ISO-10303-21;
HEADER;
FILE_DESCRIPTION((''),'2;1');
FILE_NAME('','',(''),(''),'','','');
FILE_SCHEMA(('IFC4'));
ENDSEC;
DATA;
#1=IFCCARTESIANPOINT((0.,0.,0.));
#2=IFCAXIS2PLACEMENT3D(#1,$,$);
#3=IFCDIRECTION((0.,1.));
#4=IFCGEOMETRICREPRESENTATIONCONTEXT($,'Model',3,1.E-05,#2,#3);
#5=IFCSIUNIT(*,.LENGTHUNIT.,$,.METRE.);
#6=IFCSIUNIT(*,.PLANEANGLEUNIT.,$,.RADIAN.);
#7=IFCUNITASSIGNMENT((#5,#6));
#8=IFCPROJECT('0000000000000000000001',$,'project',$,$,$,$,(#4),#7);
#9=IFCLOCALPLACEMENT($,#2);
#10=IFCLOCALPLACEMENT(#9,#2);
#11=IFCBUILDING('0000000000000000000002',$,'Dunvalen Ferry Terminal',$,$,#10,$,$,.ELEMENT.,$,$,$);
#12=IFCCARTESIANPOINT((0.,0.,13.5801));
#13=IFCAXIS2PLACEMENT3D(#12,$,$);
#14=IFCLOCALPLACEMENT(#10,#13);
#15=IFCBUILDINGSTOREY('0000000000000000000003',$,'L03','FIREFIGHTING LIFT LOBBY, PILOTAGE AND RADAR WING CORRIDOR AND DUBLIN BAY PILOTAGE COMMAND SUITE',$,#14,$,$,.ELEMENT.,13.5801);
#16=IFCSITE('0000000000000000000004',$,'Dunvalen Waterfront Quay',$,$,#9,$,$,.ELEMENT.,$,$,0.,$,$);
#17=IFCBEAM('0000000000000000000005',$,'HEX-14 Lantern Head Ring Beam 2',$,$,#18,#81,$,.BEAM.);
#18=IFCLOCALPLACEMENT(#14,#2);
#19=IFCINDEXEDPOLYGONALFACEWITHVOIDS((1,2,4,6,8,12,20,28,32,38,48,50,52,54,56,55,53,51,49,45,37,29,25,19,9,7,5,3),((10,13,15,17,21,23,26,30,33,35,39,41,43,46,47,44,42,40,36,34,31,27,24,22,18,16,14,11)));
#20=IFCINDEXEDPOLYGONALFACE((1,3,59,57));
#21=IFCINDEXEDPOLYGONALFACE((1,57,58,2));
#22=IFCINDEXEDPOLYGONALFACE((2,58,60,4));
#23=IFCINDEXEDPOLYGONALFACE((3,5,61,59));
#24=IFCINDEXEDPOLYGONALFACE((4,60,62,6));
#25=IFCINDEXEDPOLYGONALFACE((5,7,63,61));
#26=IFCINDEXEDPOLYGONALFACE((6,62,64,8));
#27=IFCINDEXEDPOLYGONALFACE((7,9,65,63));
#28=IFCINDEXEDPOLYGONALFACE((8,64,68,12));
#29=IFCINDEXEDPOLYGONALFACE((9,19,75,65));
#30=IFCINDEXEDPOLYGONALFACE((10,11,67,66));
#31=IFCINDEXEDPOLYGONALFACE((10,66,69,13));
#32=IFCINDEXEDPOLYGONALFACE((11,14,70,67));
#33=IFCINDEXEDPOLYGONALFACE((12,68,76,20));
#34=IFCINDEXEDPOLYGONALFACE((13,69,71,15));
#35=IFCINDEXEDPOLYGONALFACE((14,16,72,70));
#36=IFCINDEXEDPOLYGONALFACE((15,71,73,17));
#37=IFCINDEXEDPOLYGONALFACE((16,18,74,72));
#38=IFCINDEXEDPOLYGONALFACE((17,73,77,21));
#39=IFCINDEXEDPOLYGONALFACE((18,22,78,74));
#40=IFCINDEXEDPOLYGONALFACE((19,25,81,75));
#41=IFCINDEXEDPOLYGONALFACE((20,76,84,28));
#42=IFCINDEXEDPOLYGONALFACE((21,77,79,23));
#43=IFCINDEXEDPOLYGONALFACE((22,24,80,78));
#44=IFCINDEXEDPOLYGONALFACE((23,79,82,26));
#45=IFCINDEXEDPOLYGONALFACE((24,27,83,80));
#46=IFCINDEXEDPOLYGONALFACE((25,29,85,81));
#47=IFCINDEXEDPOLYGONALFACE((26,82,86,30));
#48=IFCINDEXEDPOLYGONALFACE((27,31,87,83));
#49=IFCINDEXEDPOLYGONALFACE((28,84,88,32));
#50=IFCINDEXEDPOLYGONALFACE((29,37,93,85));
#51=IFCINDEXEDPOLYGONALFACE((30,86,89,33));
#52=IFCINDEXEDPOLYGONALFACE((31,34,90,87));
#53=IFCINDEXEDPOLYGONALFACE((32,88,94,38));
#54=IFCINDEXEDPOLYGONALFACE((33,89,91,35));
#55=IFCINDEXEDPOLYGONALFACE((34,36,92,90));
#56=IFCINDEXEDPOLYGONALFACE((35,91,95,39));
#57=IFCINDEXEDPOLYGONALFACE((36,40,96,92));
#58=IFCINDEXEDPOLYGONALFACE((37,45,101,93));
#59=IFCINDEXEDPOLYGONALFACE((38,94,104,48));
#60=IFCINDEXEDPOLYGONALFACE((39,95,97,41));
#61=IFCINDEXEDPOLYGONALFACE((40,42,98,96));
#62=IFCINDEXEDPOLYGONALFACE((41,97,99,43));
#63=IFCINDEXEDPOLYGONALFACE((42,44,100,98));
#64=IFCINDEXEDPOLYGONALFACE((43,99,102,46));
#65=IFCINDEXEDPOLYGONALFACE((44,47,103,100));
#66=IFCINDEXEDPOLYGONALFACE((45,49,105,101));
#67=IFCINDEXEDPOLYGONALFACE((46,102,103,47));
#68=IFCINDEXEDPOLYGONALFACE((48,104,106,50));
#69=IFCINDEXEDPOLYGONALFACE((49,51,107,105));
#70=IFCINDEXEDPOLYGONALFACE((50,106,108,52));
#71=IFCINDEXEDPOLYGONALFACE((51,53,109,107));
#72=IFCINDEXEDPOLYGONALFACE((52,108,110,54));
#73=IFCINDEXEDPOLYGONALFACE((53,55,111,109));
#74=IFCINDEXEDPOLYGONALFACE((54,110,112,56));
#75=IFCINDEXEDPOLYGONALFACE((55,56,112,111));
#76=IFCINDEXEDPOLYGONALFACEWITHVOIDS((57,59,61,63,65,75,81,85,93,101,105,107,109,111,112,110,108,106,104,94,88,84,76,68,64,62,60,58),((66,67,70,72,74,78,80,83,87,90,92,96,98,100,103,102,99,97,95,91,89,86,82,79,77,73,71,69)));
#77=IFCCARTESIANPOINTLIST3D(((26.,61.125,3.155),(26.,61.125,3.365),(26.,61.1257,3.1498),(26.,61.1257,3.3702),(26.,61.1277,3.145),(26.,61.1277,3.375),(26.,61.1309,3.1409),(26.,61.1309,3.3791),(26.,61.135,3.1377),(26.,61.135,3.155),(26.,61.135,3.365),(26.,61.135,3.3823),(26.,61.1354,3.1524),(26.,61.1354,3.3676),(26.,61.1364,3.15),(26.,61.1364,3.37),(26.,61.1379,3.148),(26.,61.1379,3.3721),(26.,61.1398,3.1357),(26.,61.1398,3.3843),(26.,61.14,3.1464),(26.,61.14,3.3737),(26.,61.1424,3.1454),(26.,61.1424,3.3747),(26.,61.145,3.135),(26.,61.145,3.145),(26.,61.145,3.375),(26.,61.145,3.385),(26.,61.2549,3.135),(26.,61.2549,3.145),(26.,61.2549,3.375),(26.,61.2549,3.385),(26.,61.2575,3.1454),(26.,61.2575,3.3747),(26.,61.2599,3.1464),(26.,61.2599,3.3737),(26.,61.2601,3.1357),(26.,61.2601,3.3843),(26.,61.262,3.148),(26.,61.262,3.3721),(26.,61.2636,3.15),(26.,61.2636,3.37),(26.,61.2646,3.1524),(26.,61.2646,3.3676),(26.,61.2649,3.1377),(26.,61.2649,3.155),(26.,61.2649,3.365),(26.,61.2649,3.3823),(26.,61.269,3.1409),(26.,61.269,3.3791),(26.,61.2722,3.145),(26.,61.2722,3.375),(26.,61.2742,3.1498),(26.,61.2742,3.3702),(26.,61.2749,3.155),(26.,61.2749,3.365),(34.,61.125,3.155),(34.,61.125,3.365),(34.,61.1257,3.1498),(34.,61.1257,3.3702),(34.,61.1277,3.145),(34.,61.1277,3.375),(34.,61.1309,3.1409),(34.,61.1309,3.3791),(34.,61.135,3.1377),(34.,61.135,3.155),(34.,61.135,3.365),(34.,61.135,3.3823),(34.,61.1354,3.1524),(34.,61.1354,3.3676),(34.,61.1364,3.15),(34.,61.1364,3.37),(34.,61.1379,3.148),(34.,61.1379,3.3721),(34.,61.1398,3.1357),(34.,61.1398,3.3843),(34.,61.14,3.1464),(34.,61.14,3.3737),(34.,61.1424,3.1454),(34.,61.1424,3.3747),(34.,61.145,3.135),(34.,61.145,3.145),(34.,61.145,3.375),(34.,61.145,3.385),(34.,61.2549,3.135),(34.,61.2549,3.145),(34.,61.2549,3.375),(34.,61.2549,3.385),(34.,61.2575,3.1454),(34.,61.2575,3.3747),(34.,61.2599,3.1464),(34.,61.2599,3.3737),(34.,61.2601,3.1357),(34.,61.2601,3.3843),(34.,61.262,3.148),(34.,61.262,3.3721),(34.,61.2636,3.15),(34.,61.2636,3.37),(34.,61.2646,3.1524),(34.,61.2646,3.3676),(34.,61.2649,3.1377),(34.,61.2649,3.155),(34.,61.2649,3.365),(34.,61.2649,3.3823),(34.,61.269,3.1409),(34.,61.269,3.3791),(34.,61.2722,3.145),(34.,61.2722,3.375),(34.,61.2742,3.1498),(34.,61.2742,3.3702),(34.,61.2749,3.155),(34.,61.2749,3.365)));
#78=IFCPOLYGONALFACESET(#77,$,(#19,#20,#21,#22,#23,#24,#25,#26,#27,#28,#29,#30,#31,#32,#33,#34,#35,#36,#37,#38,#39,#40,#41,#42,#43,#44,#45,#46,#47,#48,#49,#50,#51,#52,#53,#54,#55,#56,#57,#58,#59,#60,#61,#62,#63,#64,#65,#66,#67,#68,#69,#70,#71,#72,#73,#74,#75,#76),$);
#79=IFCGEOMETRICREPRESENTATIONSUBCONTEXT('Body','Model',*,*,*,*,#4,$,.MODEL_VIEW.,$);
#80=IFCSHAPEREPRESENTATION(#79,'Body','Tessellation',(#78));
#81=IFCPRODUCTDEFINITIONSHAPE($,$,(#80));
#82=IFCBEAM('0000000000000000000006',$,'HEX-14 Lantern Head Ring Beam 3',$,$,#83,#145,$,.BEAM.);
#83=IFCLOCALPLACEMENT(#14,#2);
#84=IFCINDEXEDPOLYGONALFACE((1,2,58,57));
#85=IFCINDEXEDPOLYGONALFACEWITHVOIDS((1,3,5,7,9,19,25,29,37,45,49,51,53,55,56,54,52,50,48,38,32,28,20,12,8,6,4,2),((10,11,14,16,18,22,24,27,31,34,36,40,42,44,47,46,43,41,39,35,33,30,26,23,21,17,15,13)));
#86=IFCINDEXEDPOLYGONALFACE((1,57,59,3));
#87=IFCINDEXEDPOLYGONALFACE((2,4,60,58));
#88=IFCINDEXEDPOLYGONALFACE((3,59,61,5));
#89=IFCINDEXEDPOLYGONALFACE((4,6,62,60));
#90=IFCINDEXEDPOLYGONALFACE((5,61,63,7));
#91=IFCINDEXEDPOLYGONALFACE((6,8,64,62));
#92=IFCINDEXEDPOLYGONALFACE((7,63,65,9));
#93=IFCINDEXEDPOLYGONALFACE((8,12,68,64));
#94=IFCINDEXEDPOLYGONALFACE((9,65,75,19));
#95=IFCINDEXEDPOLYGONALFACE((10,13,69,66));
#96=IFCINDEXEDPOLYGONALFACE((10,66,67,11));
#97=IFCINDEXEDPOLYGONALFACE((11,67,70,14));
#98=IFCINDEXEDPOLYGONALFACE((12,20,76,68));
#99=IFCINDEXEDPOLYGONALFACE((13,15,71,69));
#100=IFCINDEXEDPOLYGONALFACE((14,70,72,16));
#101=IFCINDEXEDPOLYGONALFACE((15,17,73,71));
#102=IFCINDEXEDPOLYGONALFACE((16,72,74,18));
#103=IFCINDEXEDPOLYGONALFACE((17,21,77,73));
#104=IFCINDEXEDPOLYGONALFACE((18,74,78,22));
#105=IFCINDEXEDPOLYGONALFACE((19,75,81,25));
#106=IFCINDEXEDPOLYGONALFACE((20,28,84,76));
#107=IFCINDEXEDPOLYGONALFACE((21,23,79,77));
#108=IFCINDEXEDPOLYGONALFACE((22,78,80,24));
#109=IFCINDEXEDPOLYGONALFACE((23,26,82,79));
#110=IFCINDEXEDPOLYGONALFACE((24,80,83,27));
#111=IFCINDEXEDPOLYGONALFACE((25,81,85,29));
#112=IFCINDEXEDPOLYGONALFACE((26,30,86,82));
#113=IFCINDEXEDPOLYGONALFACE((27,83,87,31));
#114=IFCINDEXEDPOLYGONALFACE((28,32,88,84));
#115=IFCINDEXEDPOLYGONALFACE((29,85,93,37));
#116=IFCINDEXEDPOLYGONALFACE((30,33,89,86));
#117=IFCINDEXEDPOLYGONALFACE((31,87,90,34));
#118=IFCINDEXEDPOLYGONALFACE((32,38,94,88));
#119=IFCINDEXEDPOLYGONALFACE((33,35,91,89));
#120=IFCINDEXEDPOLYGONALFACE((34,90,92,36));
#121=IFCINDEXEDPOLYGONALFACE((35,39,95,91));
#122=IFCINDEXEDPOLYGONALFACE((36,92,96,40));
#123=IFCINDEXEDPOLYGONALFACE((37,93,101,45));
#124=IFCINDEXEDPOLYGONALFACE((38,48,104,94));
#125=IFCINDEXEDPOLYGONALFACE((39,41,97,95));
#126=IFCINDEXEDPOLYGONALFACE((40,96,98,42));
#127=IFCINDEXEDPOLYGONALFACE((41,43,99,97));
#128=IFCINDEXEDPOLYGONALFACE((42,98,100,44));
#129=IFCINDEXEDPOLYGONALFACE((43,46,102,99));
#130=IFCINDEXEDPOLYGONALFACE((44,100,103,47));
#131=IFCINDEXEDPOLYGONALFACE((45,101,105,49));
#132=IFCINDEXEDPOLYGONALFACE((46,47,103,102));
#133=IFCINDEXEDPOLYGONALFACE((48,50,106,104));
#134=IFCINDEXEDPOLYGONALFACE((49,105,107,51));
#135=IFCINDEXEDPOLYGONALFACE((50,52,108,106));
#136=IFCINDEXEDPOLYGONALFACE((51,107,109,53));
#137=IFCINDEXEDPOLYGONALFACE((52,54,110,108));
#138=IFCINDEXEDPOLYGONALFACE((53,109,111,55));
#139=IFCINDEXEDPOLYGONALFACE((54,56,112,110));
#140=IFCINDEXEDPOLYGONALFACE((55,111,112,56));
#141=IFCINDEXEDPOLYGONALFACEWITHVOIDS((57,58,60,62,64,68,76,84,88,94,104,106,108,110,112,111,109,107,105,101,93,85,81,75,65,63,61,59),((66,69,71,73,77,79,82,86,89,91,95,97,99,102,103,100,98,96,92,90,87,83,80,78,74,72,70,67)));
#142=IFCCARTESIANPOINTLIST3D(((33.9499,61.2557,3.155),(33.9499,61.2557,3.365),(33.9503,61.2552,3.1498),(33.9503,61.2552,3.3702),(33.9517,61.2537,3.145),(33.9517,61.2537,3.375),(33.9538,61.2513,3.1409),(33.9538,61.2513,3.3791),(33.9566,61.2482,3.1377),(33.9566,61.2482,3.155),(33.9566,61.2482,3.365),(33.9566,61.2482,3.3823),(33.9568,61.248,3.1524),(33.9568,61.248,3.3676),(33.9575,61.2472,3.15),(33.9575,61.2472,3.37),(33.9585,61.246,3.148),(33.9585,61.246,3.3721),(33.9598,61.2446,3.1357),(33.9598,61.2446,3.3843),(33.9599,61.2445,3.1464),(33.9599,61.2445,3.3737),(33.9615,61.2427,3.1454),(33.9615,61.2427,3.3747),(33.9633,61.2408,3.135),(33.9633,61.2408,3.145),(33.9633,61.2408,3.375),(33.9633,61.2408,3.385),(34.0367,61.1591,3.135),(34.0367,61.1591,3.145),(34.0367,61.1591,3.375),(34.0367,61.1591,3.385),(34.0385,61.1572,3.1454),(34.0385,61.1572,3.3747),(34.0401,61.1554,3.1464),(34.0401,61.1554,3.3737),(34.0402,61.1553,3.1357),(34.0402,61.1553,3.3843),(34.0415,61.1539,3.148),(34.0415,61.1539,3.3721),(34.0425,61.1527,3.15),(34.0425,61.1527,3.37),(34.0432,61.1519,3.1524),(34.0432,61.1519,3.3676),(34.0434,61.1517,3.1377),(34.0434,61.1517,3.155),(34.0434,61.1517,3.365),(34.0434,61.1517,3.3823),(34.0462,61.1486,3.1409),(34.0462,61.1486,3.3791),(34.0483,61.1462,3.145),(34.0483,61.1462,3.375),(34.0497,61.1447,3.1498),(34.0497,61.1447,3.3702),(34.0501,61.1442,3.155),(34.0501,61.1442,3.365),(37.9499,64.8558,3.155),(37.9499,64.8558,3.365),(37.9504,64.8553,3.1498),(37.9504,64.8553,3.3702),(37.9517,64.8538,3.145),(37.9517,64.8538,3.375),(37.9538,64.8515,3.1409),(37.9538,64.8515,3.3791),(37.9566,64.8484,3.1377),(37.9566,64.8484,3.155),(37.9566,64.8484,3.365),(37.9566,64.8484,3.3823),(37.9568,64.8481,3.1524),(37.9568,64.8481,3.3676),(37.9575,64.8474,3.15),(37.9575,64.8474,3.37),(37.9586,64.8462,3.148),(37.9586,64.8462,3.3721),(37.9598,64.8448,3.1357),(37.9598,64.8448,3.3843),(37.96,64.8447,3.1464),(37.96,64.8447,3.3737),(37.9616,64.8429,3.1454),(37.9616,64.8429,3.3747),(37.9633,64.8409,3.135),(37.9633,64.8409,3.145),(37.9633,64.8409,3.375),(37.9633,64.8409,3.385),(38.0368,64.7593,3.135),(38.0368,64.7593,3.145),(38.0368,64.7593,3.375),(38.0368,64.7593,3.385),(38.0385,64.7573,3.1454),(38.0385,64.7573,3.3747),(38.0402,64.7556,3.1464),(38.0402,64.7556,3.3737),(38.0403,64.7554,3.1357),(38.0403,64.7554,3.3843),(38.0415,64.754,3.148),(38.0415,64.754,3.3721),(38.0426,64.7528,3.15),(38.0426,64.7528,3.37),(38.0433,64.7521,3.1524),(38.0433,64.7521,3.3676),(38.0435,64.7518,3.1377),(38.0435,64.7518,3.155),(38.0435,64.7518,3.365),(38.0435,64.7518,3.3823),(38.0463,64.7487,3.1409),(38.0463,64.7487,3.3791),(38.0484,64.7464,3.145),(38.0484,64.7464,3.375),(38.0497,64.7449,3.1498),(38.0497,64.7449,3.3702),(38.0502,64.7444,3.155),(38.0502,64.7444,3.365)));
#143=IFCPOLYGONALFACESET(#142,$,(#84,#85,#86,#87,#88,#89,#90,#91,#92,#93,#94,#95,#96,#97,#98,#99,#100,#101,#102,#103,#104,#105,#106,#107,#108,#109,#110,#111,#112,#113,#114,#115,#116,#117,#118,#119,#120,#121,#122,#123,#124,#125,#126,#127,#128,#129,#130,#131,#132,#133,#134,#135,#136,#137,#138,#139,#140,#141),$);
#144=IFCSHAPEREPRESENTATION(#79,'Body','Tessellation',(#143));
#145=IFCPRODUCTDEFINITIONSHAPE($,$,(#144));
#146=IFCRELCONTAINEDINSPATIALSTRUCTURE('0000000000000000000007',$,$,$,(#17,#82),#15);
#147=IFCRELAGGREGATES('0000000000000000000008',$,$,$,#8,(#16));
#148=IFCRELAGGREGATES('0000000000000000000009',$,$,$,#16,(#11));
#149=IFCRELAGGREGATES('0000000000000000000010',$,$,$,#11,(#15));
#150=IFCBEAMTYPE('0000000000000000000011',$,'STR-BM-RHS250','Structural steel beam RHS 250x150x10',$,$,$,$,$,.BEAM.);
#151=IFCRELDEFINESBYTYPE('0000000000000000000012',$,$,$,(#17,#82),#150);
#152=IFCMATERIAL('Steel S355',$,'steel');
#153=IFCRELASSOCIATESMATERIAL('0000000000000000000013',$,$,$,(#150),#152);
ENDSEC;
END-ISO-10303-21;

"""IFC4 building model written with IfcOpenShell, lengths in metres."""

from ifc_helpers import new_model, si_unit, direction, frame, origin, origin_2d, place, context, subcontext, project, spatial, hollow_rectangle, extrude, material, material_profile, profile_set, type_object, element, save


model = new_model("IFC4")

# Units and contexts
model_context = context("Model", 3, precision=1e-05, world=origin(), true_north=direction((0.0, 1.0)))
body_context = subcontext(model_context, "Body", "Model", "MODEL_VIEW")
ifc_project = project(units=[si_unit("LENGTHUNIT", "METRE"), si_unit("PLANEANGLEUNIT", "RADIAN")], contexts=[model_context])

# Site, building, storey
site_placement = place(None, origin())
site = spatial("IfcSite", under=ifc_project, at=site_placement, Name="Dunvalen Waterfront Quay", CompositionType="ELEMENT", RefElevation=0.0)
building_placement = place(site_placement, origin())
building = spatial("IfcBuilding", under=site, at=building_placement, Name="Dunvalen Ferry Terminal", CompositionType="ELEMENT")
storey_placement = place(building_placement, frame((0.0, 0.0, 13.5801)))
storey = spatial("IfcBuildingStorey", under=building, at=storey_placement, Name="L03", Description="FIREFIGHTING LIFT LOBBY, PILOTAGE AND RADAR WING CORRIDOR AND DUBLIN BAY PILOTAGE COMMAND SUITE", CompositionType="ELEMENT", Elevation=13.5801)

# Beams
ifc_material_1 = material(Name="Steel S355", Category="steel")
ifc_material_profile_1 = material_profile(ifc_material_1, hollow_rectangle(XDim=0.1499, YDim=0.25, WallThickness=0.01, InnerFilletRadius=0.01, OuterFilletRadius=0.02, at=origin_2d()), Name="Steel S355")
ifc_profile_set_1 = profile_set([ifc_material_profile_1], Name="Steel S355")
beam_type_1 = type_object("IfcBeamType", Name="STR-BM-RHS250", Description="Structural steel beam RHS 250x150x10", PredefinedType="BEAM", material=ifc_profile_set_1)
beam_1_placement = place(storey_placement, frame((26.0, 61.2, 3.26), z_axis=(1.0, 0.0, 0.0), x_axis=(0.0, 1.0, 0.0)))
element("IfcBeam", 1, at=beam_1_placement, inside=storey, type_object=beam_type_1, Name="HEX-14 Lantern Head Ring Beam 2", PredefinedType="BEAM", context=body_context, shape_type="SweptSolid", body=[
    extrude(hollow_rectangle(XDim=0.1499, YDim=0.25, WallThickness=0.01, InnerFilletRadius=0.01, OuterFilletRadius=0.02, at=origin_2d()), origin(), (0.0, 0.0, 1.0), 8.0),
])
beam_2_placement = place(storey_placement, frame((34.0, 61.2, 3.26), z_axis=(0.743285, 0.668975, 0.0), x_axis=(-0.668975, 0.743285, 0.0)))
element("IfcBeam", 2, at=beam_2_placement, inside=storey, type_object=beam_type_1, Name="HEX-14 Lantern Head Ring Beam 3", PredefinedType="BEAM", context=body_context, shape_type="SweptSolid", body=[
    extrude(hollow_rectangle(XDim=0.1499, YDim=0.25, WallThickness=0.01, InnerFilletRadius=0.01, OuterFilletRadius=0.02, at=origin_2d()), origin(), (0.0, 0.0, 1.0), 5.3816),
])

save(model, "model.ifc")
